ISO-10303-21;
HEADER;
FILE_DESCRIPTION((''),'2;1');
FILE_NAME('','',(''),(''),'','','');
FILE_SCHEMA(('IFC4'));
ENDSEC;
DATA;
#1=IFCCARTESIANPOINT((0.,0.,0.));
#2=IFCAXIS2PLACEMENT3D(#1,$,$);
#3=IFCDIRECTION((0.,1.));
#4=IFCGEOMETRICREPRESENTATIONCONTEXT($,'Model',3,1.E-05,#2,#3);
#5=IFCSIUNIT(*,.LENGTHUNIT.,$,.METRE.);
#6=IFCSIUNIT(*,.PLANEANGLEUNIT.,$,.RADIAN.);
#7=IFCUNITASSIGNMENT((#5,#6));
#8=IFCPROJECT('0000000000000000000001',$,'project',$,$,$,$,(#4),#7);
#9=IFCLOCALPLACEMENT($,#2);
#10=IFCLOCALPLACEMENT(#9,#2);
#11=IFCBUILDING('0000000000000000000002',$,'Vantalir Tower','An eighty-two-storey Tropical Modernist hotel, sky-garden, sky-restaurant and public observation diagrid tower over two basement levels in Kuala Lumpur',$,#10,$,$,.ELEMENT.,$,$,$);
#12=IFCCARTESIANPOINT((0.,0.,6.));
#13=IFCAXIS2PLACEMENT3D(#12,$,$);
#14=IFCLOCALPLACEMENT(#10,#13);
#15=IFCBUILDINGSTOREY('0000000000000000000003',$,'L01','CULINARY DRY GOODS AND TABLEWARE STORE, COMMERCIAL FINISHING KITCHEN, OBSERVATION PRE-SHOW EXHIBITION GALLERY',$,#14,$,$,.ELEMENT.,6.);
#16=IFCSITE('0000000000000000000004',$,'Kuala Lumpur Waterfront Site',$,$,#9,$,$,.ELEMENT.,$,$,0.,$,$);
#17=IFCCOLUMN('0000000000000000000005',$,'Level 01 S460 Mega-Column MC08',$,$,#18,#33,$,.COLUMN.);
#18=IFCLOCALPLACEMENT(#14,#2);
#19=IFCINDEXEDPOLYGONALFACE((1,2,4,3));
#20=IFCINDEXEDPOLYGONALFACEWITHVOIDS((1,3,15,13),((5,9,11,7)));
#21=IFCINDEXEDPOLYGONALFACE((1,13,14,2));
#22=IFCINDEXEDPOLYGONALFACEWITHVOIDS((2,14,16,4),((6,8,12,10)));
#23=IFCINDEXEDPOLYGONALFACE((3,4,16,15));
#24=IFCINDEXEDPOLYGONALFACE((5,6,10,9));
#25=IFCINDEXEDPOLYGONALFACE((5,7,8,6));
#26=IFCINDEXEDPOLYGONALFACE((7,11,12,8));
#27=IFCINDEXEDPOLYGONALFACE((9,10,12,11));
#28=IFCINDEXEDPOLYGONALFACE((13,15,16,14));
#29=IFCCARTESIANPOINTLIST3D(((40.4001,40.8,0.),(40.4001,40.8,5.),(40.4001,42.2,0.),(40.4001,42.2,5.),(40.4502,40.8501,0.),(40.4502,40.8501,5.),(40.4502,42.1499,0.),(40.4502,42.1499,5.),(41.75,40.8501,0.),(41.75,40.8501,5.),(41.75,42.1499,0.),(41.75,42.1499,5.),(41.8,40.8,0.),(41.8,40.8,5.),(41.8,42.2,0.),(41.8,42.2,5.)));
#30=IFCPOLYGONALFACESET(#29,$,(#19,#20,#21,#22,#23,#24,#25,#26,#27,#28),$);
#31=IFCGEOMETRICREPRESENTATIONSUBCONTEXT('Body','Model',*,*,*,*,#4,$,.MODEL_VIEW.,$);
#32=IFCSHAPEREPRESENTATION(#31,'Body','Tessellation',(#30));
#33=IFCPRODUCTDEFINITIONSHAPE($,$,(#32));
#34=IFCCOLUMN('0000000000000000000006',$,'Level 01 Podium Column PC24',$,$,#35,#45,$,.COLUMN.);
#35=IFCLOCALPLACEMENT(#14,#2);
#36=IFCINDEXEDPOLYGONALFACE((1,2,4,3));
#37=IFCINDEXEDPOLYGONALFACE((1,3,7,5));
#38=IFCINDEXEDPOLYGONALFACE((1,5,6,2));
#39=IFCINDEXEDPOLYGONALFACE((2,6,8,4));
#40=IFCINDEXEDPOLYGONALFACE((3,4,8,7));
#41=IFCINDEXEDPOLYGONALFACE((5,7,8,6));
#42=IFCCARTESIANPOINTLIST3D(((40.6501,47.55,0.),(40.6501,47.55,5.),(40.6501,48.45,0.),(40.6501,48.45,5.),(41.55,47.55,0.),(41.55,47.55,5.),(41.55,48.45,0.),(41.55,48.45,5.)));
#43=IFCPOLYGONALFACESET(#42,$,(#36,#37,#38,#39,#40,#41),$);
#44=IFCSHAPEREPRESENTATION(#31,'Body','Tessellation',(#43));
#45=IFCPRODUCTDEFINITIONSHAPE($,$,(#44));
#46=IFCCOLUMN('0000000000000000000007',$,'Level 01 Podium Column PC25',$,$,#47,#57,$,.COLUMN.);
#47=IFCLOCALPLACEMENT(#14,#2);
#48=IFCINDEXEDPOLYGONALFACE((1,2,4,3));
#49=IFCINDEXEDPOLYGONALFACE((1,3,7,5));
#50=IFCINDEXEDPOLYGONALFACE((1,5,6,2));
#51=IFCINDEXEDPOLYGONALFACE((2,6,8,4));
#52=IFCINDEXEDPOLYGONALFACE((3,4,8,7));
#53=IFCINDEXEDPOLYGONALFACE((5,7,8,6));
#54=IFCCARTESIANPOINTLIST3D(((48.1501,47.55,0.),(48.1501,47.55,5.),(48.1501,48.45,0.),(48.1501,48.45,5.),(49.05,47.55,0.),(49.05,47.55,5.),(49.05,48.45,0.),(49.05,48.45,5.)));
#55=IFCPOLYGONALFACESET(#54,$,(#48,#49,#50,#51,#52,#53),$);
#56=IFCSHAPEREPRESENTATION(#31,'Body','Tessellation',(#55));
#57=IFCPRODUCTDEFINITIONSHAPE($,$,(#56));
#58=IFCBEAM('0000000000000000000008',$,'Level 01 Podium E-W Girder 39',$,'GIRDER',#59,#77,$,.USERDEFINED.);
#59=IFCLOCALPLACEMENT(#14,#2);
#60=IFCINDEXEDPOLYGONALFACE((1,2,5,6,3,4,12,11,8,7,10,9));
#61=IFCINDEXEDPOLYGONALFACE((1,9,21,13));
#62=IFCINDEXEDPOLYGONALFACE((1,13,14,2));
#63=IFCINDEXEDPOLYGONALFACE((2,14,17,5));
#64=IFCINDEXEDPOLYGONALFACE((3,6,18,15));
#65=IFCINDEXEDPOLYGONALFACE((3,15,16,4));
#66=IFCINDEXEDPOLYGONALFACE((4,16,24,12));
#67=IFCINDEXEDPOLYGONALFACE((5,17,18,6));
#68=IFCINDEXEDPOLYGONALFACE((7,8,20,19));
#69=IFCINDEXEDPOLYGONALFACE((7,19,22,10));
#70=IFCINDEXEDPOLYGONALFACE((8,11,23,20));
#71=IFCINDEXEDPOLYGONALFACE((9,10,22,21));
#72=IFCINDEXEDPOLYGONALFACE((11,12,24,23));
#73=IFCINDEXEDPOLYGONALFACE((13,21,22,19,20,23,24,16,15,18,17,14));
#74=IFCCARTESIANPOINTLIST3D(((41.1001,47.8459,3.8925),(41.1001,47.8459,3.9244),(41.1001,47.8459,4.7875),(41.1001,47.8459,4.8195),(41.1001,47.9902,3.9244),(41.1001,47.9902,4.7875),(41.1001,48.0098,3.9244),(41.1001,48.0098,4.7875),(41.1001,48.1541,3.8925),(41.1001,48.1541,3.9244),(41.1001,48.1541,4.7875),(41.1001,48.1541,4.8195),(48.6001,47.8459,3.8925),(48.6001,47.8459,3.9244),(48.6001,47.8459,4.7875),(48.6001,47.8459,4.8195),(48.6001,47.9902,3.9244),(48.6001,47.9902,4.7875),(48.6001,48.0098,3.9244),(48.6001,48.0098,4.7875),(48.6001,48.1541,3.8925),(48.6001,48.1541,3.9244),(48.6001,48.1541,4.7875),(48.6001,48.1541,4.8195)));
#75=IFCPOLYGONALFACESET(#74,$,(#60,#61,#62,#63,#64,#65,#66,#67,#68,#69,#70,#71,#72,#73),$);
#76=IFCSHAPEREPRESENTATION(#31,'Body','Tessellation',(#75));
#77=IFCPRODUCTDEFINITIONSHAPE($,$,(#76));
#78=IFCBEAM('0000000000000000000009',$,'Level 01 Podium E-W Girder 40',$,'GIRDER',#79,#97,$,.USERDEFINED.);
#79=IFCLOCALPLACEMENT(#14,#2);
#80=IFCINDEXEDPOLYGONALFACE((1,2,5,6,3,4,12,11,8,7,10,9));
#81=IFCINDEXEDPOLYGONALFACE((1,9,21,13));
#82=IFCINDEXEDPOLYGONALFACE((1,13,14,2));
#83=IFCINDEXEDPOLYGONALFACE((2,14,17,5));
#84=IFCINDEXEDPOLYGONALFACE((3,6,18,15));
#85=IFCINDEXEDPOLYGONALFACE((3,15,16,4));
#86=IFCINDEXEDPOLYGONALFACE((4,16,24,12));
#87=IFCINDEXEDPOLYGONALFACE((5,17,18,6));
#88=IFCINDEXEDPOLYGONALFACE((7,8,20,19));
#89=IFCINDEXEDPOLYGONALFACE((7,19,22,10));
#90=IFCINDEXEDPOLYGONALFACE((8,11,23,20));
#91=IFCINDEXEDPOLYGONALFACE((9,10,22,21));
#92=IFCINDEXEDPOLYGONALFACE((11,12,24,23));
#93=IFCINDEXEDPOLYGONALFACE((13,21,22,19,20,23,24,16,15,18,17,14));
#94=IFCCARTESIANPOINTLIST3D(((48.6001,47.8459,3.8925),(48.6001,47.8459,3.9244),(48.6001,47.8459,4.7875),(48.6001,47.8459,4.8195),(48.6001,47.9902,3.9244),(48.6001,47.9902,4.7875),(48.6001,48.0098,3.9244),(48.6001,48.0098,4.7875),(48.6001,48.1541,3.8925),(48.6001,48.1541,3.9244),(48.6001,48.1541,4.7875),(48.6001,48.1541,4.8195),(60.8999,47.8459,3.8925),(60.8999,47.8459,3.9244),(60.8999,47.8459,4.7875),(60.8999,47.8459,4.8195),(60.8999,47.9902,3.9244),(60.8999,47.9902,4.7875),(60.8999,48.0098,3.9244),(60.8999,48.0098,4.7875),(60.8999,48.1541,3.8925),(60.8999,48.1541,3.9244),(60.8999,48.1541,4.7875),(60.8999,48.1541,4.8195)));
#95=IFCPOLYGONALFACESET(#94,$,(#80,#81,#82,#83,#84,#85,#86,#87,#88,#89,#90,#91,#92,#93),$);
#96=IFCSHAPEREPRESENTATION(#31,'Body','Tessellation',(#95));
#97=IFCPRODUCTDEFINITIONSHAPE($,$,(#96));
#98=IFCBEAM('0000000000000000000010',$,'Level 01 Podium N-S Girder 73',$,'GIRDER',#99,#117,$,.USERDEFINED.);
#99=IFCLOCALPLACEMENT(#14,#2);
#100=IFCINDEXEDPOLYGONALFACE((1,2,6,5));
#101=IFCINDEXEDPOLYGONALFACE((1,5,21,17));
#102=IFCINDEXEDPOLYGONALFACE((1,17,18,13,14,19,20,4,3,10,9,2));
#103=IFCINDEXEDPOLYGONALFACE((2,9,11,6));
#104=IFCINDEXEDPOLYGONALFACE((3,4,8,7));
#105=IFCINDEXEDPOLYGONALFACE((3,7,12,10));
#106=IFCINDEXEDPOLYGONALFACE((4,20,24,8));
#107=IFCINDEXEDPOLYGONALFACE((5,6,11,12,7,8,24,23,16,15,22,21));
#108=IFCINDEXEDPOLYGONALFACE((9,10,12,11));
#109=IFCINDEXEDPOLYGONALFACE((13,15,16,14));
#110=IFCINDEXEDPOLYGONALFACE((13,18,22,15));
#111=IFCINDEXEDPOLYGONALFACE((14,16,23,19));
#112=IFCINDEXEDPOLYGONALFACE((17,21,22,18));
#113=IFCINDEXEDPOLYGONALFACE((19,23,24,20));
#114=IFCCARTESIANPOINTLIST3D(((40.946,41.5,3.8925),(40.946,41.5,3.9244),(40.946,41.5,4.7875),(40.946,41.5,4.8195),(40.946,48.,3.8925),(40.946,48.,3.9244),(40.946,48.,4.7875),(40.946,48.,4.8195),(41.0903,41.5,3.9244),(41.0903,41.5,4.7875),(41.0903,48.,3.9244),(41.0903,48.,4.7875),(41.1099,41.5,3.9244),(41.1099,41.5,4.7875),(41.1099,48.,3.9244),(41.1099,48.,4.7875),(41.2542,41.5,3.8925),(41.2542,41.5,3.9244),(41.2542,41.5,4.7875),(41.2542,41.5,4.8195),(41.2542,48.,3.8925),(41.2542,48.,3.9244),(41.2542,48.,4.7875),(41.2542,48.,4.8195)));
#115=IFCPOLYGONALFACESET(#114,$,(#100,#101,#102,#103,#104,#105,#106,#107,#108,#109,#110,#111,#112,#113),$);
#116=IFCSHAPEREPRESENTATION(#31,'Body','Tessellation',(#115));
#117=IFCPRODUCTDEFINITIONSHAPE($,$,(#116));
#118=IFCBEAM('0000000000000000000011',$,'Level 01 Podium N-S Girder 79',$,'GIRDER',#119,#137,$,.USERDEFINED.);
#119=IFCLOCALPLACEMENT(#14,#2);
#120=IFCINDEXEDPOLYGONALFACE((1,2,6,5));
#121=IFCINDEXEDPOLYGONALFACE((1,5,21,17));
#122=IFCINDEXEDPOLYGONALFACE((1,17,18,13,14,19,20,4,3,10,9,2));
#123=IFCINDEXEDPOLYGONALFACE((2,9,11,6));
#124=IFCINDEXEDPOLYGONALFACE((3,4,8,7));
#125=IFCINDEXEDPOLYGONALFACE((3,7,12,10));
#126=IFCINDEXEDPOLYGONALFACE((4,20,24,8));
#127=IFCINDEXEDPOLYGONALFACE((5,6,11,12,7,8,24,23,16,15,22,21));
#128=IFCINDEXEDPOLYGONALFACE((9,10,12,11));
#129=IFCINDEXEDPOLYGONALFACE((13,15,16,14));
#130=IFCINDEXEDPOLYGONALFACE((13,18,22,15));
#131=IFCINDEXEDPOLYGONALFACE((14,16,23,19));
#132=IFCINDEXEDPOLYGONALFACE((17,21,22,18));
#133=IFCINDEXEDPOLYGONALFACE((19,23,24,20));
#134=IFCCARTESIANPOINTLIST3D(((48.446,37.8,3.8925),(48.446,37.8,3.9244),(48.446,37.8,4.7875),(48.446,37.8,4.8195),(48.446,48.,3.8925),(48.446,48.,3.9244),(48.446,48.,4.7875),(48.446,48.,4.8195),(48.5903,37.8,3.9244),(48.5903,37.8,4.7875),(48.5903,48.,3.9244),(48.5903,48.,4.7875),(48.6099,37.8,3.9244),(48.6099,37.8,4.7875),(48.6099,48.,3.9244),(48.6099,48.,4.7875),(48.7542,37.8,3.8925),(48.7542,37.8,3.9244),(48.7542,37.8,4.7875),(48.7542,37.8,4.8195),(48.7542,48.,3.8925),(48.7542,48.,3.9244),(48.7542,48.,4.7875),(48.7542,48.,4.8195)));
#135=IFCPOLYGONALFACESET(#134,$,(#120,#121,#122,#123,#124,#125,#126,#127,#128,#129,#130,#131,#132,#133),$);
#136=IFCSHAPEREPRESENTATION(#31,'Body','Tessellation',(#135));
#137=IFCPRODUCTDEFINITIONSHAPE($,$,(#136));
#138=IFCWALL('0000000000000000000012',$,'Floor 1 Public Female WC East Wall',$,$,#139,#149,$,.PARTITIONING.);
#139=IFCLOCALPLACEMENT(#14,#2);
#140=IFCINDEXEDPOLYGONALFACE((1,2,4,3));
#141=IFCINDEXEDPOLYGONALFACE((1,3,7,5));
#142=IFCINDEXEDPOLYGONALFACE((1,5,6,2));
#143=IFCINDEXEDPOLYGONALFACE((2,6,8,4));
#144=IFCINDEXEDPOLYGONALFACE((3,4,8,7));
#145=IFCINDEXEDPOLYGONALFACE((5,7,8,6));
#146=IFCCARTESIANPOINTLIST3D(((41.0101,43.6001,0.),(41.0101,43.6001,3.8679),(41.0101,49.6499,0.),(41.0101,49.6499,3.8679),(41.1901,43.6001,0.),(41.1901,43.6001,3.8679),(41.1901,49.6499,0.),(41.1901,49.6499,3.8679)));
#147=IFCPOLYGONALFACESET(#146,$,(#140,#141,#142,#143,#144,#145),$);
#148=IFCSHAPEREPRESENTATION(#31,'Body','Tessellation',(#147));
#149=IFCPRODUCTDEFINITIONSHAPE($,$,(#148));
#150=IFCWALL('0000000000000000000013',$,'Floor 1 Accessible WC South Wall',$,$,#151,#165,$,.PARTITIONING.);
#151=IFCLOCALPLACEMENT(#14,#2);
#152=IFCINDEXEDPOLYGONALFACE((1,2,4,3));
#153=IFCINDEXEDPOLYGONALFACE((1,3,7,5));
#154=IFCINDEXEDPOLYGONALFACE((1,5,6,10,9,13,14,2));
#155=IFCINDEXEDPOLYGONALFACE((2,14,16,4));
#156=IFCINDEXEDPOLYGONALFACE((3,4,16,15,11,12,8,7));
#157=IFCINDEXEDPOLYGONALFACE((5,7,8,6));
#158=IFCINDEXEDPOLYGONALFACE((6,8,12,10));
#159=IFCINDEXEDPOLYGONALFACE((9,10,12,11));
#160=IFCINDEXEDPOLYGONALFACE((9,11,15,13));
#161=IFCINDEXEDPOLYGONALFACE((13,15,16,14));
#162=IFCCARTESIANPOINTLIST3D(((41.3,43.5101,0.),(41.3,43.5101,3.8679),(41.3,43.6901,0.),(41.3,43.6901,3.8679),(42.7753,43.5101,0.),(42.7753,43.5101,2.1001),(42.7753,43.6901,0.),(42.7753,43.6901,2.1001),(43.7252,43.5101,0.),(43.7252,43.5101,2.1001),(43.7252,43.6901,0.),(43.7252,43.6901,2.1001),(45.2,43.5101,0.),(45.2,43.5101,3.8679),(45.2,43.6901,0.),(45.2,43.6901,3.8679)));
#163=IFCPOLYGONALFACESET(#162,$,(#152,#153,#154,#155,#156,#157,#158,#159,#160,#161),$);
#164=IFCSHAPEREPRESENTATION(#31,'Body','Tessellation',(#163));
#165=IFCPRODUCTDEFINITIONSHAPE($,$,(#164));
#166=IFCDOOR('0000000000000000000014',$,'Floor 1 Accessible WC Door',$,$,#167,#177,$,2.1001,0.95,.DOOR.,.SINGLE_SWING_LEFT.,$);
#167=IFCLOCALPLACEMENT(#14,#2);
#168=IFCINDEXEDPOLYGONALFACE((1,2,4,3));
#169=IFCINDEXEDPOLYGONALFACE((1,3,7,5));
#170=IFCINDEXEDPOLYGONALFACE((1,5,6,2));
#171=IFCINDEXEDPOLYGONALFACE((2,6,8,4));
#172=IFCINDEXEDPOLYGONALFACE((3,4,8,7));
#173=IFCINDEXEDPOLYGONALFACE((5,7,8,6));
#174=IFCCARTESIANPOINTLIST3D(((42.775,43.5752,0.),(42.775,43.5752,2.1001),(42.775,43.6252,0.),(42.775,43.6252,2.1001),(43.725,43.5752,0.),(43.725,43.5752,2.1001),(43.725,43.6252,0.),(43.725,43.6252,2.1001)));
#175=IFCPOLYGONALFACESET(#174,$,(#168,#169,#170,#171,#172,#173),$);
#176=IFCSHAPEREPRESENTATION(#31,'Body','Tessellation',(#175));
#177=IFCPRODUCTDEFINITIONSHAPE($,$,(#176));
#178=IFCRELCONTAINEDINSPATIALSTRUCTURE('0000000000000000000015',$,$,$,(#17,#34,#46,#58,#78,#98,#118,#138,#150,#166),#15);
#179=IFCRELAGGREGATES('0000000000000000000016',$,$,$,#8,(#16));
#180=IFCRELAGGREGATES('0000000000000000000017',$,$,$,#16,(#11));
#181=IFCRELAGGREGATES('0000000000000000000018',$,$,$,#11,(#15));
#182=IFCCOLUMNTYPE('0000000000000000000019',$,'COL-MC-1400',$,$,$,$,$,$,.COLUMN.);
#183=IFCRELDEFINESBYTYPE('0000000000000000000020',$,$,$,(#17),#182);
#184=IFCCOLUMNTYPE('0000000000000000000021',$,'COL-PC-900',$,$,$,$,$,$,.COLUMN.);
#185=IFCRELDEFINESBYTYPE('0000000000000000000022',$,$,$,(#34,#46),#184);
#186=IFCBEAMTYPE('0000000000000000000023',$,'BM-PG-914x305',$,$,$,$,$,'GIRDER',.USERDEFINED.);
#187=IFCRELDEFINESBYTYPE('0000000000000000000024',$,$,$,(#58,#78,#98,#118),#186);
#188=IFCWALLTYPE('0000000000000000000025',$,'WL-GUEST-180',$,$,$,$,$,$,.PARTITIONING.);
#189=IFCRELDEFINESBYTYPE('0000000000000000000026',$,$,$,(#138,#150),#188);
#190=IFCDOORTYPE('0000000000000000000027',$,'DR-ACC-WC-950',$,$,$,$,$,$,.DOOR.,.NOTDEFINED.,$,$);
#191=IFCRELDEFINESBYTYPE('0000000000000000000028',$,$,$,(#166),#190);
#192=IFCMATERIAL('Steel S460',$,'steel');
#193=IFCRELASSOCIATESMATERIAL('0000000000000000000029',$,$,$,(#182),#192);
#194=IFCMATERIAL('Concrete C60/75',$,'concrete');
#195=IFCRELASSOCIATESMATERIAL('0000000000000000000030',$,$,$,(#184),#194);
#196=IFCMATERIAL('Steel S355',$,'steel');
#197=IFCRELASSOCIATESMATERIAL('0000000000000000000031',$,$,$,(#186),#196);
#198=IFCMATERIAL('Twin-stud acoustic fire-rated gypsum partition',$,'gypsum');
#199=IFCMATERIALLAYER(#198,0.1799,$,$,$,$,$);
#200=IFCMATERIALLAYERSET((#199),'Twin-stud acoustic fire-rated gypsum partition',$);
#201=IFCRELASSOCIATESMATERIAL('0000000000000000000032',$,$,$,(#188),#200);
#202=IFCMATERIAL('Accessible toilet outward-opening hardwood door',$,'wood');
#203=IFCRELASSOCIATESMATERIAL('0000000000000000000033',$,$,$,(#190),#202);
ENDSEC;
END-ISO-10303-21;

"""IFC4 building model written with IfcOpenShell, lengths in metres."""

from ifc_helpers import new_model, si_unit, direction, frame, frame_2d, origin, origin_2d, place, context, subcontext, project, spatial, rectangle, hollow_rectangle, i_section, extrude, material, layer, layer_set, material_profile, profile_set, type_object, element, fill, save


model = new_model("IFC4")

# Units and contexts
model_context = context("Model", 3, precision=1e-05, world=origin(), true_north=direction((0.0, 1.0)))
body_context = subcontext(model_context, "Body", "Model", "MODEL_VIEW")
ifc_project = project(units=[si_unit("LENGTHUNIT", "METRE"), si_unit("PLANEANGLEUNIT", "RADIAN")], contexts=[model_context])

# Site, building, storey
site_placement = place(None, origin())
site = spatial("IfcSite", under=ifc_project, at=site_placement, Name="Kuala Lumpur Waterfront Site", CompositionType="ELEMENT", RefElevation=0.0)
building_placement = place(site_placement, origin())
building = spatial("IfcBuilding", under=site, at=building_placement, Name="Vantalir Tower", Description="An eighty-two-storey Tropical Modernist hotel, sky-garden, sky-restaurant and public observation diagrid tower over two basement levels in Kuala Lumpur", CompositionType="ELEMENT")
storey_placement = place(building_placement, frame((0.0, 0.0, 6.0)))
storey = spatial("IfcBuildingStorey", under=building, at=storey_placement, Name="L01", Description="CULINARY DRY GOODS AND TABLEWARE STORE, COMMERCIAL FINISHING KITCHEN, OBSERVATION PRE-SHOW EXHIBITION GALLERY", CompositionType="ELEMENT", Elevation=6.0)

# Columns
ifc_material_1 = material(Name="Steel S460", Category="steel")
ifc_material_profile_1 = material_profile(ifc_material_1, hollow_rectangle(XDim=1.3999, YDim=1.3999, WallThickness=0.05, at=origin_2d()), Name="Steel S460")
ifc_profile_set_1 = profile_set([ifc_material_profile_1], Name="Steel S460")
column_type_1 = type_object("IfcColumnType", Name="COL-MC-1400", PredefinedType="COLUMN", material=ifc_profile_set_1)
column_placement = place(storey_placement, frame((41.1001, 41.5, 0.0), z_axis=(0.0, 0.0, 1.0), x_axis=(1.0, 0.0, 0.0)))
element("IfcColumn", 1, at=column_placement, inside=storey, type_object=column_type_1, Name="Level 01 S460 Mega-Column MC08", PredefinedType="COLUMN", context=body_context, shape_type="SweptSolid", body=[
    extrude(hollow_rectangle(XDim=1.3999, YDim=1.3999, WallThickness=0.05, at=origin_2d()), origin(), (0.0, 0.0, 1.0), 5.0),
])
ifc_material_2 = material(Name="Concrete C60/75", Category="concrete")
ifc_material_profile_2 = material_profile(ifc_material_2, rectangle(XDim=0.8999, YDim=0.8999, at=origin_2d()), Name="Concrete C60/75")
ifc_profile_set_2 = profile_set([ifc_material_profile_2], Name="Concrete C60/75")
column_type_2 = type_object("IfcColumnType", Name="COL-PC-900", PredefinedType="COLUMN", material=ifc_profile_set_2)
for number, where, z_axis, x_axis, name in (
    (2, (41.1001, 48.0, 0.0), (0.0, 0.0, 1.0), (1.0, 0.0, 0.0), "Level 01 Podium Column PC24"),
    (3, (48.6001, 48.0, 0.0), (0.0, 0.0, 1.0), (1.0, 0.0, 0.0), "Level 01 Podium Column PC25"),
):
    element("IfcColumn", number, at=place(storey_placement, frame(where, z_axis=z_axis, x_axis=x_axis)), inside=storey, type_object=column_type_2, Name=name, PredefinedType="COLUMN", context=body_context, shape_type="SweptSolid", body=[
        extrude(rectangle(XDim=0.8999, YDim=0.8999, at=origin_2d()), origin(), (0.0, 0.0, 1.0), 5.0),
    ])

# Beams
ifc_material_3 = material(Name="Steel S355", Category="steel")
ifc_material_profile_3 = material_profile(ifc_material_3, i_section(OverallWidth=0.3081, OverallDepth=0.927, WebThickness=0.0195, FlangeThickness=0.032, at=origin_2d()), Name="Steel S355")
ifc_profile_set_3 = profile_set([ifc_material_profile_3], Name="Steel S355")
beam_type = type_object("IfcBeamType", Name="BM-PG-914x305", ElementType="GIRDER", PredefinedType="USERDEFINED", material=ifc_profile_set_3)
beam_1_placement = place(storey_placement, frame((41.1001, 48.0, 4.356), z_axis=(1.0, 0.0, 0.0), x_axis=(0.0, 1.0, 0.0)))
element("IfcBeam", 4, at=beam_1_placement, inside=storey, type_object=beam_type, Name="Level 01 Podium E-W Girder 39", ObjectType="GIRDER", PredefinedType="USERDEFINED", context=body_context, shape_type="SweptSolid", body=[
    extrude(i_section(OverallWidth=0.3081, OverallDepth=0.927, WebThickness=0.0195, FlangeThickness=0.032, at=origin_2d()), origin(), (0.0, 0.0, 1.0), 7.5),
])
beam_2_placement = place(storey_placement, frame((48.6001, 48.0, 4.356), z_axis=(1.0, 0.0, 0.0), x_axis=(0.0, 1.0, 0.0)))
element("IfcBeam", 5, at=beam_2_placement, inside=storey, type_object=beam_type, Name="Level 01 Podium E-W Girder 40", ObjectType="GIRDER", PredefinedType="USERDEFINED", context=body_context, shape_type="SweptSolid", body=[
    extrude(i_section(OverallWidth=0.3081, OverallDepth=0.927, WebThickness=0.0195, FlangeThickness=0.032, at=origin_2d()), origin(), (0.0, 0.0, 1.0), 12.2998),
])
beam_3_placement = place(storey_placement, frame((41.1001, 41.5, 4.356), z_axis=(0.0, 1.0, 0.0), x_axis=(-1.0, 0.0, 0.0)))
element("IfcBeam", 6, at=beam_3_placement, inside=storey, type_object=beam_type, Name="Level 01 Podium N-S Girder 73", ObjectType="GIRDER", PredefinedType="USERDEFINED", context=body_context, shape_type="SweptSolid", body=[
    extrude(i_section(OverallWidth=0.3081, OverallDepth=0.927, WebThickness=0.0195, FlangeThickness=0.032, at=origin_2d()), origin(), (0.0, 0.0, 1.0), 6.5),
])
beam_4_placement = place(storey_placement, frame((48.6001, 37.8, 4.356), z_axis=(0.0, 1.0, 0.0), x_axis=(-1.0, 0.0, 0.0)))
element("IfcBeam", 7, at=beam_4_placement, inside=storey, type_object=beam_type, Name="Level 01 Podium N-S Girder 79", ObjectType="GIRDER", PredefinedType="USERDEFINED", context=body_context, shape_type="SweptSolid", body=[
    extrude(i_section(OverallWidth=0.3081, OverallDepth=0.927, WebThickness=0.0195, FlangeThickness=0.032, at=origin_2d()), origin(), (0.0, 0.0, 1.0), 10.2),
])

# Wall
ifc_material_4 = material(Name="Twin-stud acoustic fire-rated gypsum partition", Category="gypsum")
ifc_layer_1 = layer(ifc_material_4, 0.1799)
ifc_layer_set_1 = layer_set([ifc_layer_1], Name="Twin-stud acoustic fire-rated gypsum partition")
wall_type_1 = type_object("IfcWallType", Name="WL-GUEST-180", PredefinedType="PARTITIONING", material=ifc_layer_set_1)
wall_1_placement = place(storey_placement, frame((41.1001, 43.6001, 0.0), z_axis=(0.0, 0.0, 1.0), x_axis=(0.0, 1.0, 0.0)))
element("IfcWall", 8, at=wall_1_placement, inside=storey, type_object=wall_type_1, Name="Floor 1 Public Female WC East Wall", PredefinedType="PARTITIONING", context=body_context, shape_type="SweptSolid", body=[
    extrude(rectangle(XDim=6.0498, YDim=0.1799, at=frame_2d((3.0249, 0.0))), origin(), (0.0, 0.0, 1.0), 3.8679),
])

# Wall, opening, door
wall_2_placement = place(storey_placement, frame((41.3, 43.6001, 0.0), z_axis=(0.0, 0.0, 1.0), x_axis=(1.0, 0.0, 0.0)))
wall_2 = element("IfcWall", 9, at=wall_2_placement, inside=storey, type_object=wall_type_1, Name="Floor 1 Accessible WC South Wall", PredefinedType="PARTITIONING", context=body_context, shape_type="SweptSolid", body=[
    extrude(rectangle(XDim=3.8999, YDim=0.1799, at=frame_2d((1.95, 0.0))), origin(), (0.0, 0.0, 1.0), 3.8679),
])
opening_1_placement = place(wall_2_placement, frame((1.4751, 0.0, 0.0)))
opening_1 = element("IfcOpeningElement", 10, at=opening_1_placement, cuts=wall_2, PredefinedType="OPENING", context=body_context, shape_type="SweptSolid", body=[
    extrude(rectangle(XDim=0.95, YDim=2.1001, at=frame_2d((0.4751, 1.05))), frame((0.0, 0.0999, 0.0), z_axis=(0.0, -1.0, 0.0), x_axis=(1.0, 0.0, 0.0)), (0.0, 0.0, 1.0), 0.2),
])
ifc_material_5 = material(Name="Accessible toilet outward-opening hardwood door", Category="wood")
door_type_1 = type_object("IfcDoorType", Name="DR-ACC-WC-950", OperationType="NOTDEFINED", PredefinedType="DOOR", material=ifc_material_5)
door_1_placement = place(opening_1_placement, frame((0.95, 0.0, 0.0), z_axis=(0.0, 0.0, 1.0), x_axis=(-1.0, 0.0, 0.0)))
door_1 = element("IfcDoor", 11, at=door_1_placement, inside=storey, type_object=door_type_1, Name="Floor 1 Accessible WC Door", OperationType="SINGLE_SWING_LEFT", OverallHeight=2.1001, OverallWidth=0.95, PredefinedType="DOOR", context=body_context, shape_type="SweptSolid", body=[
    extrude(rectangle(XDim=0.95, YDim=2.1001, at=frame_2d((0.4751, 1.05))), frame((0.0, 0.0249, 0.0), z_axis=(0.0, -1.0, 0.0), x_axis=(1.0, 0.0, 0.0)), (0.0, 0.0, 1.0), 0.05),
])
fill(opening_1, door_1)

save(model, "model.ifc")
